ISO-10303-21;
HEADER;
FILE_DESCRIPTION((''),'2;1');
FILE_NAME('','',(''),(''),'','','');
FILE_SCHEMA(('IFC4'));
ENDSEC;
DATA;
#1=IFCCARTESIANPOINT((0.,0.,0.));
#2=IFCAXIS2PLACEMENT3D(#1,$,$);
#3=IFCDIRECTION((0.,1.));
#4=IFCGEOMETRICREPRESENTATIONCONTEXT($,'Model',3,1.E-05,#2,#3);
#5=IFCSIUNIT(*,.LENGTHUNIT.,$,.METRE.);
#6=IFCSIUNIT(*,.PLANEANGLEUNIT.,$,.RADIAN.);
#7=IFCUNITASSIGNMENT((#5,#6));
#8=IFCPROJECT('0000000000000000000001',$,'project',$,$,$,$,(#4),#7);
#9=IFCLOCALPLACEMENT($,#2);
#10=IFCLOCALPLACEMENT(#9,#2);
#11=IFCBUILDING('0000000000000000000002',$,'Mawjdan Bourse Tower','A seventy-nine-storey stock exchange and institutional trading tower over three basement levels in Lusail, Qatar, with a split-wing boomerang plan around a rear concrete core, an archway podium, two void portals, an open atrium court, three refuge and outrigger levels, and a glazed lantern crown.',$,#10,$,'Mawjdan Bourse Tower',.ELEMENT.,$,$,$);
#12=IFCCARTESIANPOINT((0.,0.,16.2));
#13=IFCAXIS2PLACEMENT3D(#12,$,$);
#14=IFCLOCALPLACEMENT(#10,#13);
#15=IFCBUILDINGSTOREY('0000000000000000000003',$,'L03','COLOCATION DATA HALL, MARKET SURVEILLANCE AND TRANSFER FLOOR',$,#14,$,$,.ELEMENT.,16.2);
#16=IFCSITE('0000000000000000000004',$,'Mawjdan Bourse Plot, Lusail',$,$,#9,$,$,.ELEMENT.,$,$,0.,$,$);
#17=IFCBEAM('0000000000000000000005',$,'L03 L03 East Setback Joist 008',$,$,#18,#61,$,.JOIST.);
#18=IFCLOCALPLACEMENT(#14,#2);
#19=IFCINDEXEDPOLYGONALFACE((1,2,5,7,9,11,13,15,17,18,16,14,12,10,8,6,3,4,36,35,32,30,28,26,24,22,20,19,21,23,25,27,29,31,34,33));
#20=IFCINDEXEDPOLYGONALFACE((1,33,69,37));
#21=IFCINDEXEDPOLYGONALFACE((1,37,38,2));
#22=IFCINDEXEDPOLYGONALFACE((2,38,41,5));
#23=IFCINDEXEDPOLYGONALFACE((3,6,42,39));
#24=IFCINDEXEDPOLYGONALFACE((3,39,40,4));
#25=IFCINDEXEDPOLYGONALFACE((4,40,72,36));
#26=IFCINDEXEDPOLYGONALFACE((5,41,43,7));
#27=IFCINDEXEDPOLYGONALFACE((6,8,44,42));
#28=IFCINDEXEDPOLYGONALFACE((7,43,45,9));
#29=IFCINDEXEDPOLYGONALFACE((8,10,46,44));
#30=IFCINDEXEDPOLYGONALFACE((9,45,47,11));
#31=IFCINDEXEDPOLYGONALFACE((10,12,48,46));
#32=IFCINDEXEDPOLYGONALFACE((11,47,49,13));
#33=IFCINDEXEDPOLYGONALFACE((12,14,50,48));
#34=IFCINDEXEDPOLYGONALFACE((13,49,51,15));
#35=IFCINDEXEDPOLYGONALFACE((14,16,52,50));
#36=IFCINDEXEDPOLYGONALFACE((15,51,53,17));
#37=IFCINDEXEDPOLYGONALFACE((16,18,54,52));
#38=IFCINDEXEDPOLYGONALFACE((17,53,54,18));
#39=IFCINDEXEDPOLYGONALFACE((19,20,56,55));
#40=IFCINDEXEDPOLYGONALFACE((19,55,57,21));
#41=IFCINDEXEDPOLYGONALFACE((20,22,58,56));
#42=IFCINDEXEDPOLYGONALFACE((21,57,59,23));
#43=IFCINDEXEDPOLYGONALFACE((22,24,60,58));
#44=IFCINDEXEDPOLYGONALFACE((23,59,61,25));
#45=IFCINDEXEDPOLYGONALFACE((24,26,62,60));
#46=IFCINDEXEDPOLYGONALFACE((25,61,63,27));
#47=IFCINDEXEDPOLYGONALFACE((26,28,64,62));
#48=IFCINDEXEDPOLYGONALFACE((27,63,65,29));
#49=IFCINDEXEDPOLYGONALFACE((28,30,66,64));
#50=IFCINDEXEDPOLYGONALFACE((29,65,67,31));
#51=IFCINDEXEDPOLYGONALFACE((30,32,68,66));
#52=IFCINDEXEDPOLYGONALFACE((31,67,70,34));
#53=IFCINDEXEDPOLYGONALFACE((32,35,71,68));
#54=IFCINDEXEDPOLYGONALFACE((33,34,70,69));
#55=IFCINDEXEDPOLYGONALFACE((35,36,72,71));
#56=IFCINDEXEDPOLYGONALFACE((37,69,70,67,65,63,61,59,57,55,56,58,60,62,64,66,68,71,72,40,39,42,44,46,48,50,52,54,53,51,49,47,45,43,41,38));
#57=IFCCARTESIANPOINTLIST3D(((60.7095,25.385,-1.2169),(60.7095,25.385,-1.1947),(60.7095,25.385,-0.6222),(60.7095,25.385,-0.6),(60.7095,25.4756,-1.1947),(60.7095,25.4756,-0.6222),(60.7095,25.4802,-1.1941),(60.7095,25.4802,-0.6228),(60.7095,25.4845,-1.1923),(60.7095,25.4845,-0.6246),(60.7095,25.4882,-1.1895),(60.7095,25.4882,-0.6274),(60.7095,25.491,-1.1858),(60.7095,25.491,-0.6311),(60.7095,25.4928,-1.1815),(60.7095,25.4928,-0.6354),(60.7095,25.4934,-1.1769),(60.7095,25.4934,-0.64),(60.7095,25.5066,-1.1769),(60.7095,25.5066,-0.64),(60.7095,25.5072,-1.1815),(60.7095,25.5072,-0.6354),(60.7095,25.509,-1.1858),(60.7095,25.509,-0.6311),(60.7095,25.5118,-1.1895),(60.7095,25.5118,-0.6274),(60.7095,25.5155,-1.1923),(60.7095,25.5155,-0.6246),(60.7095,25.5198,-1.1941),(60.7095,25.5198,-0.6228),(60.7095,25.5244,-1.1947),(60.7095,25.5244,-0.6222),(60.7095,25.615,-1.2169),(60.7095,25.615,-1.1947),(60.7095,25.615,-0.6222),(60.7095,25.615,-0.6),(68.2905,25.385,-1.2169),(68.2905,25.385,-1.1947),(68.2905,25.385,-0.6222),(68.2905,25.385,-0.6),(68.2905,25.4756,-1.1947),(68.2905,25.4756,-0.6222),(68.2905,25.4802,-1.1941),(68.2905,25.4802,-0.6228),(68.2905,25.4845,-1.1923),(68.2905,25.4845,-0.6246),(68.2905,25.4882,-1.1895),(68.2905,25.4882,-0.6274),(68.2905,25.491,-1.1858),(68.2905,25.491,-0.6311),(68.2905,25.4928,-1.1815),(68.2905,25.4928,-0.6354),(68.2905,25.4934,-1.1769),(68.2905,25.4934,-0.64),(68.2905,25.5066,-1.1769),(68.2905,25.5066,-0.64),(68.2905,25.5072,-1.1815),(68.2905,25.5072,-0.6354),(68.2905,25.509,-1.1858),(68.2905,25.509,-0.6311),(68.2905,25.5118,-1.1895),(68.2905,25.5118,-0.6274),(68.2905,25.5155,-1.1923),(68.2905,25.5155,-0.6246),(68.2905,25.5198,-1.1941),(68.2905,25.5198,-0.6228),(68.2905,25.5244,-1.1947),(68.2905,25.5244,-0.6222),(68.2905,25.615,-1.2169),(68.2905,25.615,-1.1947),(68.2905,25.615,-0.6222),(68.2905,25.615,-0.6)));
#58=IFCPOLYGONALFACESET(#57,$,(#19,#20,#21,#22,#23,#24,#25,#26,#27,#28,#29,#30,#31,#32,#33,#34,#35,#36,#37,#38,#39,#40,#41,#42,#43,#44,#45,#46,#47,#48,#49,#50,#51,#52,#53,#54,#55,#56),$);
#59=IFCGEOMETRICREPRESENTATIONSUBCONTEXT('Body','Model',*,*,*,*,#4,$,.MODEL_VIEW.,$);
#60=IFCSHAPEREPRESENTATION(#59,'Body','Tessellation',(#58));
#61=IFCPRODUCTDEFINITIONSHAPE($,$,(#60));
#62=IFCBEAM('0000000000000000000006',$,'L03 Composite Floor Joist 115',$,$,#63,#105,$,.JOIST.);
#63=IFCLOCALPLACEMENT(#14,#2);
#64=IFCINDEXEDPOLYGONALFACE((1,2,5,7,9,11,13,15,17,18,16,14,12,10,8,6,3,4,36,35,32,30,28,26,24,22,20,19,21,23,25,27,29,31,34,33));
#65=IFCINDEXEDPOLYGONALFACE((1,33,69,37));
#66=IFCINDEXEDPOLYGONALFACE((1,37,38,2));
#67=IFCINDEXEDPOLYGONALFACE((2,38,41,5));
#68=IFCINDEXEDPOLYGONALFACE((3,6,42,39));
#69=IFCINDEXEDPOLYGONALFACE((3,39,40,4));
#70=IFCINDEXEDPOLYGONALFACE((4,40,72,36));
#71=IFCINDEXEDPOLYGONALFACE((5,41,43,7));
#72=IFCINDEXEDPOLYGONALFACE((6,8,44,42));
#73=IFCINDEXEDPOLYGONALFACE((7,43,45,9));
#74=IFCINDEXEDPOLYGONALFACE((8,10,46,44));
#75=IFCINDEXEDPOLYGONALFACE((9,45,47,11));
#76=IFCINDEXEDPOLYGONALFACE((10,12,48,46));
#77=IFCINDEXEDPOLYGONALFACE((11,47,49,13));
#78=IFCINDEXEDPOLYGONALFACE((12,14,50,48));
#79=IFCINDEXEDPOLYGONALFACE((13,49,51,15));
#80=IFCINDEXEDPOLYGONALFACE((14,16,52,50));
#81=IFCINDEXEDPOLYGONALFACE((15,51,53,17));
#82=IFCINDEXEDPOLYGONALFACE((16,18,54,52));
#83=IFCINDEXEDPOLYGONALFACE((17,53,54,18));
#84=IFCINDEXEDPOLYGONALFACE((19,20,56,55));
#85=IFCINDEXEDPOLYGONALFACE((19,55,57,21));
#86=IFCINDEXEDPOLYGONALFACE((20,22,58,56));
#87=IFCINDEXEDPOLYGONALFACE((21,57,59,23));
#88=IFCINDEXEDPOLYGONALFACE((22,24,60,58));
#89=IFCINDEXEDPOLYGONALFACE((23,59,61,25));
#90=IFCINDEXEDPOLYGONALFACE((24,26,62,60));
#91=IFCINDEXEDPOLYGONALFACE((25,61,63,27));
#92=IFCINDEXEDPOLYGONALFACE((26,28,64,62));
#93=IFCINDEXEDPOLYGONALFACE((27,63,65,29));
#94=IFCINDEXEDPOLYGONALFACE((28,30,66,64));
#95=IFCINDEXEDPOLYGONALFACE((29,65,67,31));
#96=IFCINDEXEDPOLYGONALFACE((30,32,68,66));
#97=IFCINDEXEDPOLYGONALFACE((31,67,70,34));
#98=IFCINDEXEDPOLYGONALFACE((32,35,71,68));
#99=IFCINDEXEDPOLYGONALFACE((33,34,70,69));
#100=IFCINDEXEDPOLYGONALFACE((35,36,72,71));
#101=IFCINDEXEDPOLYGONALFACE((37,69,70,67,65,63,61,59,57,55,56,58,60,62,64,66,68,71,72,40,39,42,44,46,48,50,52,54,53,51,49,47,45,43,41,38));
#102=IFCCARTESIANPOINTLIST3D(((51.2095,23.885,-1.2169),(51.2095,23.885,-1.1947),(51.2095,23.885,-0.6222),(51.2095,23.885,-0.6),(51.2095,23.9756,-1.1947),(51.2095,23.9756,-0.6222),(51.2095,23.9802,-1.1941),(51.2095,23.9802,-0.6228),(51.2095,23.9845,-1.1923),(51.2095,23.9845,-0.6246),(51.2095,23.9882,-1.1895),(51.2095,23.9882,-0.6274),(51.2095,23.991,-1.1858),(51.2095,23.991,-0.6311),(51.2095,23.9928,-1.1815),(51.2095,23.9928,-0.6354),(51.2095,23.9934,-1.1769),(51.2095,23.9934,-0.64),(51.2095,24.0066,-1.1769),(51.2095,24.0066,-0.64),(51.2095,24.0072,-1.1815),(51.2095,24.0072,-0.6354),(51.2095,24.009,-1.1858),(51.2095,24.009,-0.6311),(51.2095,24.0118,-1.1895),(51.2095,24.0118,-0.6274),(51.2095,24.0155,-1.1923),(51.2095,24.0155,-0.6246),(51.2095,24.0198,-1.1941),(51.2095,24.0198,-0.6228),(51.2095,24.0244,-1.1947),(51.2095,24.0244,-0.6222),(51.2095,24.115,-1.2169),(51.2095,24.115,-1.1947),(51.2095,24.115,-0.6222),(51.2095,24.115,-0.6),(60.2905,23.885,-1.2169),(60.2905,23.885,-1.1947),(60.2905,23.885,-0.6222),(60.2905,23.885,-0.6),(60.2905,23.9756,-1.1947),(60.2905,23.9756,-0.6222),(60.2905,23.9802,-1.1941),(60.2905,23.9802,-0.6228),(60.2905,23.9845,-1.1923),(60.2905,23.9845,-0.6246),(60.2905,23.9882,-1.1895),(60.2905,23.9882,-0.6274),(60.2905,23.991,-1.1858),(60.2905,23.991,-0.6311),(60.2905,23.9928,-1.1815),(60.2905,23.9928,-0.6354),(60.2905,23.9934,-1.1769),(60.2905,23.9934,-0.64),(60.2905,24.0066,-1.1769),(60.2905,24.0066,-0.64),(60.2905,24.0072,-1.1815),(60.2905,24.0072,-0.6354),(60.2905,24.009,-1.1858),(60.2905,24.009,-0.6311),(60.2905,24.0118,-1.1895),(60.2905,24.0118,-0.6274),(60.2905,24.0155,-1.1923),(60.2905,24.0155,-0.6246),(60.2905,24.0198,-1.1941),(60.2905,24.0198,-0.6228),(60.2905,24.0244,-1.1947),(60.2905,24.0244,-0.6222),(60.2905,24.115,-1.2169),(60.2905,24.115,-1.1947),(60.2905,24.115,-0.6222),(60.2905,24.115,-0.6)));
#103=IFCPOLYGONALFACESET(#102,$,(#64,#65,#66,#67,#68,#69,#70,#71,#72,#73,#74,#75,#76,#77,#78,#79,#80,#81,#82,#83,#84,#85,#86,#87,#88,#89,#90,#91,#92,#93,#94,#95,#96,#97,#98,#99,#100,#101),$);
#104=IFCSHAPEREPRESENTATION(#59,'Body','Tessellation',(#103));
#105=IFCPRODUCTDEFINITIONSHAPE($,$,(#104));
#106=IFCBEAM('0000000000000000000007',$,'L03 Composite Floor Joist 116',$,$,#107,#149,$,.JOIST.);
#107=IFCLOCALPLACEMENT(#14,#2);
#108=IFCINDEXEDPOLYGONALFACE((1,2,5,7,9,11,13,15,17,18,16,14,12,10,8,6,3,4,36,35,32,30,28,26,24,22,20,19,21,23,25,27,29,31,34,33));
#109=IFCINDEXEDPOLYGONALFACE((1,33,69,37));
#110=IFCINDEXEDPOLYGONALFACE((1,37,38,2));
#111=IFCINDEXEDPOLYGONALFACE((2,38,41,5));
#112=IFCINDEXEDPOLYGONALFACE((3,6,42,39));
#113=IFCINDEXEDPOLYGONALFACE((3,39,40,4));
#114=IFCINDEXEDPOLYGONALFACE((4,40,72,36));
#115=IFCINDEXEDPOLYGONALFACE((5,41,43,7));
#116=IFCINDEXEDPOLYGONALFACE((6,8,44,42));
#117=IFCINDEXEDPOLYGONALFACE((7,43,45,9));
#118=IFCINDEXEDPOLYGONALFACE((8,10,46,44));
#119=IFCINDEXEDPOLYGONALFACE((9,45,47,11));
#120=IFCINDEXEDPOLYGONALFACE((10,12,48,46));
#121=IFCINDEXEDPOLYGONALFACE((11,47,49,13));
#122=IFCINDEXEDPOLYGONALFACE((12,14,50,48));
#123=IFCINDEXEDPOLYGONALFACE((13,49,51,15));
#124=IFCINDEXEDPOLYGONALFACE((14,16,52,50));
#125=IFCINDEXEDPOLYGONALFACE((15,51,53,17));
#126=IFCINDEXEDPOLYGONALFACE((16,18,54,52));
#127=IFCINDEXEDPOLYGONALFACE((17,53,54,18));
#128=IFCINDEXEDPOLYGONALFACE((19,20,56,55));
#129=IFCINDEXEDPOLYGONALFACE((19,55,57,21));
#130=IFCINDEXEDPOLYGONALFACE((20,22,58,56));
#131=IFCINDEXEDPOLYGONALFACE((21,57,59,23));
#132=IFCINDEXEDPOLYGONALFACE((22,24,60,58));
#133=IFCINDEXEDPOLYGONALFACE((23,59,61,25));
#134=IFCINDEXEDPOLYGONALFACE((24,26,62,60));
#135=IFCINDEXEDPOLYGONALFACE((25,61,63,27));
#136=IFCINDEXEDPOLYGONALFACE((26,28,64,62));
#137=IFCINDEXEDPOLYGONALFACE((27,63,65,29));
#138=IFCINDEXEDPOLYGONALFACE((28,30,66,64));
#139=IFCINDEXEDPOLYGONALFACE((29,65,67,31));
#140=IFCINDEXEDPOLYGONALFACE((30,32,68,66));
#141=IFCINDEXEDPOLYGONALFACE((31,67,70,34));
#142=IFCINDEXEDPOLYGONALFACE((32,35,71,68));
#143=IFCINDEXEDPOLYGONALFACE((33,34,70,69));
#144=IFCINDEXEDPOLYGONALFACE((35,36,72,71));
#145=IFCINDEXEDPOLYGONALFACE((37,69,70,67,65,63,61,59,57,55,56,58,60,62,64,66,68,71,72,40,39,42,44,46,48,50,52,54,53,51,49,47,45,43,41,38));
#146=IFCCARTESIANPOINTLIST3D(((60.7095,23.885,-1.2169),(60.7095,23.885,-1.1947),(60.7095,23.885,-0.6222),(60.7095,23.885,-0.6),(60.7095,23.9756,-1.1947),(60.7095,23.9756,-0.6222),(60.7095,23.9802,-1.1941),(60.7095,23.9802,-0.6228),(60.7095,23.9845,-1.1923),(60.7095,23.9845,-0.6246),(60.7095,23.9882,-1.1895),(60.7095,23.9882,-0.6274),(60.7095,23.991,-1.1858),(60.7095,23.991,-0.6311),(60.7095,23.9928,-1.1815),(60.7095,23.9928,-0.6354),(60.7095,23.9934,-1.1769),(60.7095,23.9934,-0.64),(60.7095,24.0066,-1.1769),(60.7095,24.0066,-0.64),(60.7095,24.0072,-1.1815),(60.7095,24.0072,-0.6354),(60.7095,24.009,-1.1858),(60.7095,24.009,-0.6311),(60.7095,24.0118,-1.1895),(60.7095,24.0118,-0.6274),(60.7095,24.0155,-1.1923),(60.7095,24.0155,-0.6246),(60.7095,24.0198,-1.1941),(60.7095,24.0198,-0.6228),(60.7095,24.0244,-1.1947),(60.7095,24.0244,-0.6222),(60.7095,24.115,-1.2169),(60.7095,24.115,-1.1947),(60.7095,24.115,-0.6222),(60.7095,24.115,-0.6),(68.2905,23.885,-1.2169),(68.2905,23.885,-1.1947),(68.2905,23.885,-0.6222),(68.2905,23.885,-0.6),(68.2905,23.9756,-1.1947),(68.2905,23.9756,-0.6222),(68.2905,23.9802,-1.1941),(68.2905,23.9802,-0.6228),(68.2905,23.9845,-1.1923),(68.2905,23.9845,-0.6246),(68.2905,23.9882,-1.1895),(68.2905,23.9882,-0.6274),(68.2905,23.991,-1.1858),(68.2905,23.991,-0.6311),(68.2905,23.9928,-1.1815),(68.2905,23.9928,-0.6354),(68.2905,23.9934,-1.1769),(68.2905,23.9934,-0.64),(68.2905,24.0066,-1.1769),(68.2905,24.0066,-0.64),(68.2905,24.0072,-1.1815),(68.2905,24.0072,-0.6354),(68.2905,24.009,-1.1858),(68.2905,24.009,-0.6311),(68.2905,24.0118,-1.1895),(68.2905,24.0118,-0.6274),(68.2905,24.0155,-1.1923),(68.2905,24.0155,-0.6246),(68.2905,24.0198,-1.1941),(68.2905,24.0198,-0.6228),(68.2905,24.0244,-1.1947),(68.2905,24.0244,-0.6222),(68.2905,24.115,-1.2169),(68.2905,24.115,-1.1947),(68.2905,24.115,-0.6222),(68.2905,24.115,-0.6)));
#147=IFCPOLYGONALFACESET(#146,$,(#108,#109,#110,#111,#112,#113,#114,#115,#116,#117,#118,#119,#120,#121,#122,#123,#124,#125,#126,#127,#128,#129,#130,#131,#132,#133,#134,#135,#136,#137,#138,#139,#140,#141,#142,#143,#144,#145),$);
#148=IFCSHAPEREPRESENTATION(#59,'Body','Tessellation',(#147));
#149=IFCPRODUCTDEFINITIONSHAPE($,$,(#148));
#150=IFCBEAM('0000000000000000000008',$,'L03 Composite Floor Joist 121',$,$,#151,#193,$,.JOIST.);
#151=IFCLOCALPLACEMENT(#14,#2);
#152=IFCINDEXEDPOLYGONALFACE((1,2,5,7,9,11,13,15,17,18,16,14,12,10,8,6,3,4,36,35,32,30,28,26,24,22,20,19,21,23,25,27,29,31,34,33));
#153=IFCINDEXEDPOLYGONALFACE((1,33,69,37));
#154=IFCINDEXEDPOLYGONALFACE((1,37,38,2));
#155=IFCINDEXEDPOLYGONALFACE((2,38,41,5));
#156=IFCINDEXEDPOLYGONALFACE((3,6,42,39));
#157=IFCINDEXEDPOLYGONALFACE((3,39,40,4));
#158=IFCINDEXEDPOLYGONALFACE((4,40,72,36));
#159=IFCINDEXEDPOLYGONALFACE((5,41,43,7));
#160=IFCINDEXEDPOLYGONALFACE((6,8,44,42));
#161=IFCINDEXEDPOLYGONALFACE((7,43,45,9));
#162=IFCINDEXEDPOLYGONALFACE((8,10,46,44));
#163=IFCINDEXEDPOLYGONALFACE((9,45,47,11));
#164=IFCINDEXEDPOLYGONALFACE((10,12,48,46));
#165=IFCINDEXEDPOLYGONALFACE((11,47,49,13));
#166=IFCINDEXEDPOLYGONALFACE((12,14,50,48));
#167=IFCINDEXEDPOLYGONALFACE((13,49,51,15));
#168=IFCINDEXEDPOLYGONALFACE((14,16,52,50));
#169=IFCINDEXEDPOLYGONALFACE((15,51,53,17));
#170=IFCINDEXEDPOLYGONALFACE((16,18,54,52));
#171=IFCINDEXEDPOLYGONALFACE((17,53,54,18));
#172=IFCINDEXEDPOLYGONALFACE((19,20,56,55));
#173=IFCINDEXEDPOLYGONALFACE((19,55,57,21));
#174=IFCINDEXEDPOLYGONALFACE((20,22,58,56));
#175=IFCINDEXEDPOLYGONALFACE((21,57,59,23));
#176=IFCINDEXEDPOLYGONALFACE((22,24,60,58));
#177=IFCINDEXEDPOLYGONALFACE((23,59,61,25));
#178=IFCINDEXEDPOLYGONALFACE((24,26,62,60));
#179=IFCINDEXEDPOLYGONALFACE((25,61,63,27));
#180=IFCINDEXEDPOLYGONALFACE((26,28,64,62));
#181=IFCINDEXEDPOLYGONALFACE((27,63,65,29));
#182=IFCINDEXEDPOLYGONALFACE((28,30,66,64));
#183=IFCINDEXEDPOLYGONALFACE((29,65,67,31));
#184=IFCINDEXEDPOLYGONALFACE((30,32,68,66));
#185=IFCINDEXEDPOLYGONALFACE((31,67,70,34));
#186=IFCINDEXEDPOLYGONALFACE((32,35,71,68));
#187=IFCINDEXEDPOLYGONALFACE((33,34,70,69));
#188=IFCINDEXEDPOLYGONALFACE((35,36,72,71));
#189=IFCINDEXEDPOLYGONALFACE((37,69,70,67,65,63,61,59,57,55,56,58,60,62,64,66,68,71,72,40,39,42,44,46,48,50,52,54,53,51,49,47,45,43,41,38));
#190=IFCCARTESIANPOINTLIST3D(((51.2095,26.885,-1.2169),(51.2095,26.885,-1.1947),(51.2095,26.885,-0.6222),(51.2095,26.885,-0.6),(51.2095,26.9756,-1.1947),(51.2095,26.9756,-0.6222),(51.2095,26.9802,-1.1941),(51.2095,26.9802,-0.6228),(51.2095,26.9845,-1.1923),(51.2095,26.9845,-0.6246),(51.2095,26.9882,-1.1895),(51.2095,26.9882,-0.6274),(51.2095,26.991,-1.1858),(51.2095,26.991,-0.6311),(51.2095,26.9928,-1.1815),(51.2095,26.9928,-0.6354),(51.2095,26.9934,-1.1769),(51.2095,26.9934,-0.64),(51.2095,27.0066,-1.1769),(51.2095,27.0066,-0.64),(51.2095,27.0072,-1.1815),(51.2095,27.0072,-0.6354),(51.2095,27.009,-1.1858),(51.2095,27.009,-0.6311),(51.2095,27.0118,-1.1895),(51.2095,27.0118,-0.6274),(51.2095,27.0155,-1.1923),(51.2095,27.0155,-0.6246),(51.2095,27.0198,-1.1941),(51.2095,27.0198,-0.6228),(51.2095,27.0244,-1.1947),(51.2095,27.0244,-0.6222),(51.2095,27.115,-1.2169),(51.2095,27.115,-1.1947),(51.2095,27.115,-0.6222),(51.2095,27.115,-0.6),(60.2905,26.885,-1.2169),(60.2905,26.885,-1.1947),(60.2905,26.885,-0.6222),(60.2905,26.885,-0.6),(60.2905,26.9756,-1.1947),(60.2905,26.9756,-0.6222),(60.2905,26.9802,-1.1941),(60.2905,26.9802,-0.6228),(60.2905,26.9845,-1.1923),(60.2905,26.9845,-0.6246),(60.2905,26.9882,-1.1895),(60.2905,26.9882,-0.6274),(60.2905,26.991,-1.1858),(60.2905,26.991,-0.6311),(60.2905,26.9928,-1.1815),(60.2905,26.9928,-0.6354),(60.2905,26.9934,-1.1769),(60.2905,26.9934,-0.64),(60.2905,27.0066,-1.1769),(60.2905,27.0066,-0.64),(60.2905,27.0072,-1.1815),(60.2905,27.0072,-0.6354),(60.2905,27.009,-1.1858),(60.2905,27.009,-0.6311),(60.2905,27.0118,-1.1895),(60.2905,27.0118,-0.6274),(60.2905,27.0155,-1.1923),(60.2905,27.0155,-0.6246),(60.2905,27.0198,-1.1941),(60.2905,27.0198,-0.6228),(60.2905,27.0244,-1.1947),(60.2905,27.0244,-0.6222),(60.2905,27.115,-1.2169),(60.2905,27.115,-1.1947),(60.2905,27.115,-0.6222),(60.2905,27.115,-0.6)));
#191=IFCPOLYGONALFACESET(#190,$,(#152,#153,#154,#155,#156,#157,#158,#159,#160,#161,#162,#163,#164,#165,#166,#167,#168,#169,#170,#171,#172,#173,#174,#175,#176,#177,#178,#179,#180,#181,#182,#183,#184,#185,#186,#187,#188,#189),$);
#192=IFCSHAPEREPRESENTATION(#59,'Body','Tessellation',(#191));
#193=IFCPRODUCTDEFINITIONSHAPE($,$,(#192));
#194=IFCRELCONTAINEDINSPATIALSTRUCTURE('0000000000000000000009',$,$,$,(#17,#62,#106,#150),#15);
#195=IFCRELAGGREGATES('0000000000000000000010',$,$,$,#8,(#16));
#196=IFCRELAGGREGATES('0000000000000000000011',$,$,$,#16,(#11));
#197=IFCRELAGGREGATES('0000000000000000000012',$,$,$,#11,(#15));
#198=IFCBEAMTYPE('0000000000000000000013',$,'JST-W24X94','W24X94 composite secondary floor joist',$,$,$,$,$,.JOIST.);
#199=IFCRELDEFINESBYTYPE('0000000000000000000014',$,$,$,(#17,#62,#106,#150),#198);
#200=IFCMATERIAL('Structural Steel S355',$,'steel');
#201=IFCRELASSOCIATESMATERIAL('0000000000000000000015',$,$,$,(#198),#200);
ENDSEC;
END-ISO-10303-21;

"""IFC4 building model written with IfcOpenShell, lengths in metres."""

from ifc_helpers import new_model, si_unit, direction, frame, origin, origin_2d, place, context, subcontext, project, spatial, i_section, extrude, material, material_profile, profile_set, type_object, element, save


model = new_model("IFC4")

# Units and contexts
model_context = context("Model", 3, precision=1e-05, world=origin(), true_north=direction((0.0, 1.0)))
body_context = subcontext(model_context, "Body", "Model", "MODEL_VIEW")
ifc_project = project(units=[si_unit("LENGTHUNIT", "METRE"), si_unit("PLANEANGLEUNIT", "RADIAN")], contexts=[model_context])

# Site, building, storey
site_placement = place(None, origin())
site = spatial("IfcSite", under=ifc_project, at=site_placement, Name="Mawjdan Bourse Plot, Lusail", CompositionType="ELEMENT", RefElevation=0.0)
building_placement = place(site_placement, origin())
building = spatial("IfcBuilding", under=site, at=building_placement, Name="Mawjdan Bourse Tower", Description="A seventy-nine-storey stock exchange and institutional trading tower over three basement levels in Lusail, Qatar, with a split-wing boomerang plan around a rear concrete core, an archway podium, two void portals, an open atrium court, three refuge and outrigger levels, and a glazed lantern crown.", LongName="Mawjdan Bourse Tower", CompositionType="ELEMENT")
storey_placement = place(building_placement, frame((0.0, 0.0, 16.2)))
storey = spatial("IfcBuildingStorey", under=building, at=storey_placement, Name="L03", Description="COLOCATION DATA HALL, MARKET SURVEILLANCE AND TRANSFER FLOOR", CompositionType="ELEMENT", Elevation=16.2)

# Beams
ifc_material_1 = material(Name="Structural Steel S355", Category="steel")
ifc_material_profile_1 = material_profile(ifc_material_1, i_section(OverallWidth=0.23, OverallDepth=0.6169, WebThickness=0.0132, FlangeThickness=0.0222, FilletRadius=0.0178, at=origin_2d()), Name="W24X94")
ifc_profile_set_1 = profile_set([ifc_material_profile_1], Name="Structural Steel S355")
beam_type_1 = type_object("IfcBeamType", Name="JST-W24X94", Description="W24X94 composite secondary floor joist", PredefinedType="JOIST", material=ifc_profile_set_1)
beam_1_placement = place(storey_placement, frame((60.7095, 25.5, -0.9084), z_axis=(1.0, 0.0, 0.0), x_axis=(0.0, 1.0, 0.0)))
element("IfcBeam", 1, at=beam_1_placement, inside=storey, type_object=beam_type_1, Name="L03 L03 East Setback Joist 008", PredefinedType="JOIST", context=body_context, shape_type="SweptSolid", body=[
    extrude(i_section(OverallWidth=0.23, OverallDepth=0.6169, WebThickness=0.0132, FlangeThickness=0.0222, FilletRadius=0.0178, at=origin_2d()), origin(), (0.0, 0.0, 1.0), 7.5811),
])
beam_2_placement = place(storey_placement, frame((51.2095, 24.0, -0.9084), z_axis=(1.0, 0.0, 0.0), x_axis=(0.0, 1.0, 0.0)))
element("IfcBeam", 2, at=beam_2_placement, inside=storey, type_object=beam_type_1, Name="L03 Composite Floor Joist 115", PredefinedType="JOIST", context=body_context, shape_type="SweptSolid", body=[
    extrude(i_section(OverallWidth=0.23, OverallDepth=0.6169, WebThickness=0.0132, FlangeThickness=0.0222, FilletRadius=0.0178, at=origin_2d()), origin(), (0.0, 0.0, 1.0), 9.0811),
])
beam_3_placement = place(storey_placement, frame((60.7095, 24.0, -0.9084), z_axis=(1.0, 0.0, 0.0), x_axis=(0.0, 1.0, 0.0)))
element("IfcBeam", 3, at=beam_3_placement, inside=storey, type_object=beam_type_1, Name="L03 Composite Floor Joist 116", PredefinedType="JOIST", context=body_context, shape_type="SweptSolid", body=[
    extrude(i_section(OverallWidth=0.23, OverallDepth=0.6169, WebThickness=0.0132, FlangeThickness=0.0222, FilletRadius=0.0178, at=origin_2d()), origin(), (0.0, 0.0, 1.0), 7.5811),
])
beam_4_placement = place(storey_placement, frame((51.2095, 27.0, -0.9084), z_axis=(1.0, 0.0, 0.0), x_axis=(0.0, 1.0, 0.0)))
element("IfcBeam", 4, at=beam_4_placement, inside=storey, type_object=beam_type_1, Name="L03 Composite Floor Joist 121", PredefinedType="JOIST", context=body_context, shape_type="SweptSolid", body=[
    extrude(i_section(OverallWidth=0.23, OverallDepth=0.6169, WebThickness=0.0132, FlangeThickness=0.0222, FilletRadius=0.0178, at=origin_2d()), origin(), (0.0, 0.0, 1.0), 9.0811),
])

save(model, "model.ifc")
